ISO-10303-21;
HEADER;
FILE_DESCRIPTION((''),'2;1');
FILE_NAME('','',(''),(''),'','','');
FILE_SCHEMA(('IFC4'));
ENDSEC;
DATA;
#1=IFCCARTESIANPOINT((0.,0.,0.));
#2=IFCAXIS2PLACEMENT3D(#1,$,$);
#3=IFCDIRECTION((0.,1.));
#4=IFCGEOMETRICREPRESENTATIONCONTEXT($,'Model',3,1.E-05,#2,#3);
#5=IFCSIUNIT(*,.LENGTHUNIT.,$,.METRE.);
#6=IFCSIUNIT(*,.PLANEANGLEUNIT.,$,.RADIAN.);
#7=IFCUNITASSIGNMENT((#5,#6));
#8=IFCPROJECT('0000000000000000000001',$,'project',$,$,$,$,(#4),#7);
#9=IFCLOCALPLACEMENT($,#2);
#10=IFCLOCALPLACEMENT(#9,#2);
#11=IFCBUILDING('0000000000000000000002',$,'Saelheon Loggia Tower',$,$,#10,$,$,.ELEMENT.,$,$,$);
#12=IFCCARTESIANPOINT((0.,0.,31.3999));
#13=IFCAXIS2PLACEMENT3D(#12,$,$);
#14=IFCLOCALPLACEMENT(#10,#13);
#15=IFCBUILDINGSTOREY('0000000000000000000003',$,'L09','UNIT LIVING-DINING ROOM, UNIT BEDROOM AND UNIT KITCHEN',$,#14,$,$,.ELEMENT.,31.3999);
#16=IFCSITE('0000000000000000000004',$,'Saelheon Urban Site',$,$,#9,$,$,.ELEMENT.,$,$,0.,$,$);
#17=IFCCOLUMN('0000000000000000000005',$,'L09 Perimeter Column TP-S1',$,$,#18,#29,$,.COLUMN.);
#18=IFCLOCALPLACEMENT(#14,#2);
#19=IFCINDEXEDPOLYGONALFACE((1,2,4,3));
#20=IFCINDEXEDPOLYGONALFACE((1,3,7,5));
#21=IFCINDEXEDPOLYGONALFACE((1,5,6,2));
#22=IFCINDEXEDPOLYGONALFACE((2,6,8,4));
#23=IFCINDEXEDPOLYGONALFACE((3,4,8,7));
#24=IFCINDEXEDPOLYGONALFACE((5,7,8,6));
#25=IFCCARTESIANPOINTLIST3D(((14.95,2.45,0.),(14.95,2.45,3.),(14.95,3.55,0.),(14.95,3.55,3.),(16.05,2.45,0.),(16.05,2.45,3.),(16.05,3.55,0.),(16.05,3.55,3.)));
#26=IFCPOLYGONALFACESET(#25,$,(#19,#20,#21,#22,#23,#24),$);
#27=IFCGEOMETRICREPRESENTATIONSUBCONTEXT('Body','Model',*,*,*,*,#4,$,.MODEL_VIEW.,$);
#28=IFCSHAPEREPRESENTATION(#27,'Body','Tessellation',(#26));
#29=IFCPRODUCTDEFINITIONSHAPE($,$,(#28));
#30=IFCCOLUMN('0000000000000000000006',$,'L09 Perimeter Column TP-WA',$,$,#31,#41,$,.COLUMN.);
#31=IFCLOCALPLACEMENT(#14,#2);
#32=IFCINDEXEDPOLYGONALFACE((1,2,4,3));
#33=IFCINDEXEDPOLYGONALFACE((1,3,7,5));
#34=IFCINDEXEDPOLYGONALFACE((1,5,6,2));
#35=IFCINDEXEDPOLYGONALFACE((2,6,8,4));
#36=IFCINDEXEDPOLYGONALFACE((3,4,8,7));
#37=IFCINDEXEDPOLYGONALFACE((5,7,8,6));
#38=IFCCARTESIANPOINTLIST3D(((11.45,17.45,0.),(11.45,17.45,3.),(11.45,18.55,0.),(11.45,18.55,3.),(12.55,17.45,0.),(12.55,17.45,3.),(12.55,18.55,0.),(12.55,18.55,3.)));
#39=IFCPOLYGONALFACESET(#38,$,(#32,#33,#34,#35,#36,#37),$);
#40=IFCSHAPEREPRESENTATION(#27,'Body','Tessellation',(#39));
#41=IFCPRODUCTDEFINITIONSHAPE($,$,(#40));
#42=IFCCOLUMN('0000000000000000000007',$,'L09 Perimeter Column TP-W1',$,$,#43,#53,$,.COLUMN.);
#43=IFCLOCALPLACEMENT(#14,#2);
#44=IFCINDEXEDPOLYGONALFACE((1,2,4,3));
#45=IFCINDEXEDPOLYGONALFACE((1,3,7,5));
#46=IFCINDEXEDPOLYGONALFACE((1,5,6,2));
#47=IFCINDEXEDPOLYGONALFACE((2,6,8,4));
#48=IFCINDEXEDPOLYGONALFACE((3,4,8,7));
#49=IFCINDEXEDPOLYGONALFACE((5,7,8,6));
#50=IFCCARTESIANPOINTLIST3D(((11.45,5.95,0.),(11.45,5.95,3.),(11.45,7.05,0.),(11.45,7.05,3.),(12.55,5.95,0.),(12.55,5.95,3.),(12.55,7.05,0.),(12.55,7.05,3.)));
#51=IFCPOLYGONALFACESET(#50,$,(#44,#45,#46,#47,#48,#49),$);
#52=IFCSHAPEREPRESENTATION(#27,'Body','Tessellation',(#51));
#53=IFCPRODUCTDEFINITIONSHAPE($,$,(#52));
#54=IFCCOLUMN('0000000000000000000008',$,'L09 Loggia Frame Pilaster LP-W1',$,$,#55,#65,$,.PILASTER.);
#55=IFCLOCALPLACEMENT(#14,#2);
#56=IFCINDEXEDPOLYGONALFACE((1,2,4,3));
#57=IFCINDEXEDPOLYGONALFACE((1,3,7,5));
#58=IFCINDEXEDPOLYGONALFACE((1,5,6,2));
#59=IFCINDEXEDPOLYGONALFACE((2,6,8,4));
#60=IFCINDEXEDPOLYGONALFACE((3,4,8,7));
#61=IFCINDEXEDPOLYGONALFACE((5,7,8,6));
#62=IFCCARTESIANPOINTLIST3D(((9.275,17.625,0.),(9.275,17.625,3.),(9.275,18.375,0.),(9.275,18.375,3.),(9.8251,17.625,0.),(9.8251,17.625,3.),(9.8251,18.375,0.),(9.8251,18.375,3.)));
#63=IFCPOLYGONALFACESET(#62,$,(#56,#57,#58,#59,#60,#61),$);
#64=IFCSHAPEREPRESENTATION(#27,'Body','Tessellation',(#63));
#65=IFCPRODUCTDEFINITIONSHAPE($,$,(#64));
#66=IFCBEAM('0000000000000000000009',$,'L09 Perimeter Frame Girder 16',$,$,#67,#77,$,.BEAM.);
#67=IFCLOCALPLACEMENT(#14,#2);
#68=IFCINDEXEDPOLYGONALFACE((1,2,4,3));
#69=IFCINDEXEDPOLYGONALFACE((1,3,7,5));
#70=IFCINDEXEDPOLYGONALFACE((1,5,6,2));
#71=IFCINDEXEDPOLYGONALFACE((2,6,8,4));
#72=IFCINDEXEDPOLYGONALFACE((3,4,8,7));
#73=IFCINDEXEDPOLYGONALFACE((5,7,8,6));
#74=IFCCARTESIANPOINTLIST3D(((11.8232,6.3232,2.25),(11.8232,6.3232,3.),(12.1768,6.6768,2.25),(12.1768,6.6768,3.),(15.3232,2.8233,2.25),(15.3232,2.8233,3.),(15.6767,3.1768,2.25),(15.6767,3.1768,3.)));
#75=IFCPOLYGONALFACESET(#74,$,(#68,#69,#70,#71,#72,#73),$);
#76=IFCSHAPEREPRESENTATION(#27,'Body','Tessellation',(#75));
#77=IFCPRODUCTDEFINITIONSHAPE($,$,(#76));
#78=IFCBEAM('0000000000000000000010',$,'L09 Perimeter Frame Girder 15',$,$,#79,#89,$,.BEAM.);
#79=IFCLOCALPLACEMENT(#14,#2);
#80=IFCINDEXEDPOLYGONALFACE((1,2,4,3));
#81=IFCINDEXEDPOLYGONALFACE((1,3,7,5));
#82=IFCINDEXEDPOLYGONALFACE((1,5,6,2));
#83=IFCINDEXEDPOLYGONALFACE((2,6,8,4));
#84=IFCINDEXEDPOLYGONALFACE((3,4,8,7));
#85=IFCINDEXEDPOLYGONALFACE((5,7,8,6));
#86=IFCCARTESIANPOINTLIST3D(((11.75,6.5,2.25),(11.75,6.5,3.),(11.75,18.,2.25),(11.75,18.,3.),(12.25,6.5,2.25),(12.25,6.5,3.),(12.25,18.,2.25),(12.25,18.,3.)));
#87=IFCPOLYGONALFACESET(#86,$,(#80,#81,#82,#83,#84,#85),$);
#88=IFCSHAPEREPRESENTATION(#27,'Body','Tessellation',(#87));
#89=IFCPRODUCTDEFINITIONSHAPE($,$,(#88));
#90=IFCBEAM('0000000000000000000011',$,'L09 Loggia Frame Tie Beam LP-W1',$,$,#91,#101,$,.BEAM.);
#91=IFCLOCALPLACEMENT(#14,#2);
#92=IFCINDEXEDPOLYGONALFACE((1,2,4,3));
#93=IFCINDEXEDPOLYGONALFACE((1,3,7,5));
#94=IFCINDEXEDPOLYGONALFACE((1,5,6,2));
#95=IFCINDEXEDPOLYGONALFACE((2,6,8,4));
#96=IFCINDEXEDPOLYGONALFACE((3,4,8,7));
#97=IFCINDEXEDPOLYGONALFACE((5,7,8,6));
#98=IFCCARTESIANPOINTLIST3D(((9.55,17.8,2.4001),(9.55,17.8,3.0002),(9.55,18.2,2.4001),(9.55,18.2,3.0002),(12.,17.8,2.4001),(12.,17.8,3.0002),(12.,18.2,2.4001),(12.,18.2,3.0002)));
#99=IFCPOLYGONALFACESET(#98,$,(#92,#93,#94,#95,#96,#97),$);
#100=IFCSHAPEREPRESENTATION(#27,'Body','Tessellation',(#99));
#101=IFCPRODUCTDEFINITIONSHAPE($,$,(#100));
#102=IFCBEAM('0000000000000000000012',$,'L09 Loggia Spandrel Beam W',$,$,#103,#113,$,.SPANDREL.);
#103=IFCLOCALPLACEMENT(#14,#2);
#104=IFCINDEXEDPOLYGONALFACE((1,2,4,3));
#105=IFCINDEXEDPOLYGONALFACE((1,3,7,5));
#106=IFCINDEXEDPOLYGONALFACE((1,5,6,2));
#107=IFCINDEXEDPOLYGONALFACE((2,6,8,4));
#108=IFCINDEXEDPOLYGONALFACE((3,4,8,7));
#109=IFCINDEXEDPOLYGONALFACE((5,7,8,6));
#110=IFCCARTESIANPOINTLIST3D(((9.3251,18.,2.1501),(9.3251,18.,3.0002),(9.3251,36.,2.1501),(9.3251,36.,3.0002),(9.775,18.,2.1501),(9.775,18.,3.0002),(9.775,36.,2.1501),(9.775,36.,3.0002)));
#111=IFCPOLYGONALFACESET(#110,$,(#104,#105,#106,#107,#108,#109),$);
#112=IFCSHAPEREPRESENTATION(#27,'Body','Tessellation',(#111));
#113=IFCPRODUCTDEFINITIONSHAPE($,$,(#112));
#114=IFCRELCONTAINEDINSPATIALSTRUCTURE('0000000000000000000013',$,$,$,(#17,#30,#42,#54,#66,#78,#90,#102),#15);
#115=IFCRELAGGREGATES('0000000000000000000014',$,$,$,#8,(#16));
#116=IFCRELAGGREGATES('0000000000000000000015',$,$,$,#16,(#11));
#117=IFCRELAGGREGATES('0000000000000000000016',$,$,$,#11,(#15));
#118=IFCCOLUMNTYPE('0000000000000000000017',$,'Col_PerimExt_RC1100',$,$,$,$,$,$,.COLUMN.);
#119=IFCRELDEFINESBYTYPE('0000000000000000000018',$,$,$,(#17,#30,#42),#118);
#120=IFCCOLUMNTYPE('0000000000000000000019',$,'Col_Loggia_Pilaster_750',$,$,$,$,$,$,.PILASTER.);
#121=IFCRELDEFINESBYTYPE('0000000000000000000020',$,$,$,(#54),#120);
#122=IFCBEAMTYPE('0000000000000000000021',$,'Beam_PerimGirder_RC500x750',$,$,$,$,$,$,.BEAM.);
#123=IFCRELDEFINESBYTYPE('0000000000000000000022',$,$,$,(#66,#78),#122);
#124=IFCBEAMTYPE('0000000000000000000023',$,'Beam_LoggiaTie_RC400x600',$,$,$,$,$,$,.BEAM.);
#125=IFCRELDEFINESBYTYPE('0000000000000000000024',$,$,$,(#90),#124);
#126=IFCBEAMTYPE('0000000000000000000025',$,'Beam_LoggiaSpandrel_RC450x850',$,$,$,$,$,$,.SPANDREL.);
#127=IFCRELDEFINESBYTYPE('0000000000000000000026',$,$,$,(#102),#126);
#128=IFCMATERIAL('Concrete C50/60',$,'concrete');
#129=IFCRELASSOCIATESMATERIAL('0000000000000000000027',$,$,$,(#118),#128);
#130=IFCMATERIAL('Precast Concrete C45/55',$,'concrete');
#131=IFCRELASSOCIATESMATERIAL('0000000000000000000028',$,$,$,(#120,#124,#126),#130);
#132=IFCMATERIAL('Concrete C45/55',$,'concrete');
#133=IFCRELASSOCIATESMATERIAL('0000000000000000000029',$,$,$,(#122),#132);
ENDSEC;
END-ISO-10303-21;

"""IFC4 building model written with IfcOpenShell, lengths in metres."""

from ifc_helpers import new_model, si_unit, direction, frame, origin, origin_2d, place, context, subcontext, project, spatial, rectangle, extrude, source, transform, mapped, material, material_profile, profile_set, type_object, element, save


model = new_model("IFC4")

# Units and contexts
model_context = context("Model", 3, precision=1e-05, world=origin(), true_north=direction((0.0, 1.0)))
body_context = subcontext(model_context, "Body", "Model", "MODEL_VIEW")
ifc_project = project(units=[si_unit("LENGTHUNIT", "METRE"), si_unit("PLANEANGLEUNIT", "RADIAN")], contexts=[model_context])

# Site, building, storey
site_placement = place(None, origin())
site = spatial("IfcSite", under=ifc_project, at=site_placement, Name="Saelheon Urban Site", CompositionType="ELEMENT", RefElevation=0.0)
building_placement = place(site_placement, origin())
building = spatial("IfcBuilding", under=site, at=building_placement, Name="Saelheon Loggia Tower", CompositionType="ELEMENT")
storey_placement = place(building_placement, frame((0.0, 0.0, 31.3999)))
storey = spatial("IfcBuildingStorey", under=building, at=storey_placement, Name="L09", Description="UNIT LIVING-DINING ROOM, UNIT BEDROOM AND UNIT KITCHEN", CompositionType="ELEMENT", Elevation=31.3999)

# Columns
ifc_material_1 = material(Name="Concrete C50/60", Category="concrete")
ifc_material_profile_1 = material_profile(ifc_material_1, rectangle(XDim=1.1001, YDim=1.1001, at=origin_2d()), Name="RC-1100x1100")
ifc_profile_set_1 = profile_set([ifc_material_profile_1], Name="Concrete C50/60")
column_type_1 = type_object("IfcColumnType", Name="Col_PerimExt_RC1100", PredefinedType="COLUMN", material=ifc_profile_set_1)
shared_shape_1 = source(origin(), body_context, "Body", "SweptSolid", [
    extrude(rectangle(XDim=1.1001, YDim=1.1001, at=origin_2d()), origin(), (0.0, 0.0, 1.0), 3.0),
])
for number, where, z_axis, x_axis, name in (
    (1, (15.5, 3.0, 0.0), (0.0, 0.0, 1.0), (1.0, 0.0, 0.0), "L09 Perimeter Column TP-S1"),
    (2, (12.0, 18.0, 0.0), (0.0, 0.0, 1.0), (1.0, 0.0, 0.0), "L09 Perimeter Column TP-WA"),
    (3, (12.0, 6.5, 0.0), (0.0, 0.0, 1.0), (1.0, 0.0, 0.0), "L09 Perimeter Column TP-W1"),
):
    element("IfcColumn", number, at=place(storey_placement, frame(where, z_axis=z_axis, x_axis=x_axis)), inside=storey, type_object=column_type_1, Name=name, PredefinedType="COLUMN", context=body_context, shape_type="MappedRepresentation", body=[
        mapped(shared_shape_1, transform((0.0, 0.0, 0.0), scale=1.0)),
    ])
ifc_material_2 = material(Name="Precast Concrete C45/55", Category="concrete")
ifc_material_profile_2 = material_profile(ifc_material_2, rectangle(XDim=0.55, YDim=0.75, at=origin_2d()), Name="RC-550x750")
ifc_profile_set_2 = profile_set([ifc_material_profile_2], Name="Precast Concrete C45/55")
column_type_2 = type_object("IfcColumnType", Name="Col_Loggia_Pilaster_750", PredefinedType="PILASTER", material=ifc_profile_set_2)
shared_shape_2 = source(origin(), body_context, "Body", "SweptSolid", [
    extrude(rectangle(XDim=0.55, YDim=0.75, at=origin_2d()), origin(), (0.0, 0.0, 1.0), 3.0),
])
column_placement = place(storey_placement, frame((9.55, 18.0, 0.0), z_axis=(0.0, 0.0, 1.0), x_axis=(1.0, 0.0, 0.0)))
element("IfcColumn", 4, at=column_placement, inside=storey, type_object=column_type_2, Name="L09 Loggia Frame Pilaster LP-W1", PredefinedType="PILASTER", context=body_context, shape_type="MappedRepresentation", body=[
    mapped(shared_shape_2, transform((0.0, 0.0, 0.0), scale=1.0)),
])

# Beams
ifc_material_3 = material(Name="Concrete C45/55", Category="concrete")
ifc_material_profile_3 = material_profile(ifc_material_3, rectangle(XDim=0.5, YDim=0.75, at=origin_2d()), Name="RC-500x750")
ifc_profile_set_3 = profile_set([ifc_material_profile_3], Name="Concrete C45/55")
beam_type_1 = type_object("IfcBeamType", Name="Beam_PerimGirder_RC500x750", PredefinedType="BEAM", material=ifc_profile_set_3)
shared_shape_3 = source(origin(), body_context, "Body", "SweptSolid", [
    extrude(rectangle(XDim=0.5, YDim=0.75, at=origin_2d()), origin(), (0.0, 0.0, 1.0), 4.9497),
])
beam_1_placement = place(storey_placement, frame((12.0, 6.5, 2.625), z_axis=(0.707107, -0.707107, 0.0), x_axis=(0.707107, 0.707107, 0.0)))
element("IfcBeam", 5, at=beam_1_placement, inside=storey, type_object=beam_type_1, Name="L09 Perimeter Frame Girder 16", PredefinedType="BEAM", context=body_context, shape_type="MappedRepresentation", body=[
    mapped(shared_shape_3, transform((0.0, 0.0, 0.0), scale=1.0)),
])
shared_shape_4 = source(origin(), body_context, "Body", "SweptSolid", [
    extrude(rectangle(XDim=0.5, YDim=0.75, at=origin_2d()), origin(), (0.0, 0.0, 1.0), 11.5),
])
beam_2_placement = place(storey_placement, frame((12.0, 18.0, 2.625), z_axis=(0.0, -1.0, 0.0), x_axis=(1.0, 0.0, 0.0)))
element("IfcBeam", 6, at=beam_2_placement, inside=storey, type_object=beam_type_1, Name="L09 Perimeter Frame Girder 15", PredefinedType="BEAM", context=body_context, shape_type="MappedRepresentation", body=[
    mapped(shared_shape_4, transform((0.0, 0.0, 0.0), scale=1.0)),
])
ifc_material_profile_4 = material_profile(ifc_material_2, rectangle(XDim=0.3999, YDim=0.6001, at=origin_2d()), Name="RC-400x600")
ifc_profile_set_4 = profile_set([ifc_material_profile_4], Name="Precast Concrete C45/55")
beam_type_2 = type_object("IfcBeamType", Name="Beam_LoggiaTie_RC400x600", PredefinedType="BEAM", material=ifc_profile_set_4)
shared_shape_5 = source(origin(), body_context, "Body", "SweptSolid", [
    extrude(rectangle(XDim=0.3999, YDim=0.6001, at=origin_2d()), origin(), (0.0, 0.0, 1.0), 2.45),
])
beam_3_placement = place(storey_placement, frame((12.0, 18.0, 2.7002), z_axis=(-1.0, 0.0, 0.0), x_axis=(0.0, -1.0, 0.0)))
element("IfcBeam", 7, at=beam_3_placement, inside=storey, type_object=beam_type_2, Name="L09 Loggia Frame Tie Beam LP-W1", PredefinedType="BEAM", context=body_context, shape_type="MappedRepresentation", body=[
    mapped(shared_shape_5, transform((0.0, 0.0, 0.0), scale=1.0)),
])
ifc_material_profile_5 = material_profile(ifc_material_2, rectangle(XDim=0.45, YDim=0.8501, at=origin_2d()), Name="RC-450x850")
ifc_profile_set_5 = profile_set([ifc_material_profile_5], Name="Precast Concrete C45/55")
beam_type_3 = type_object("IfcBeamType", Name="Beam_LoggiaSpandrel_RC450x850", PredefinedType="SPANDREL", material=ifc_profile_set_5)
shared_shape_6 = source(origin(), body_context, "Body", "SweptSolid", [
    extrude(rectangle(XDim=0.45, YDim=0.8501, at=origin_2d()), origin(), (0.0, 0.0, 1.0), 18.0),
])
beam_4_placement = place(storey_placement, frame((9.55, 18.0, 2.5752), z_axis=(0.0, 1.0, 0.0), x_axis=(-1.0, 0.0, 0.0)))
element("IfcBeam", 8, at=beam_4_placement, inside=storey, type_object=beam_type_3, Name="L09 Loggia Spandrel Beam W", PredefinedType="SPANDREL", context=body_context, shape_type="MappedRepresentation", body=[
    mapped(shared_shape_6, transform((0.0, 0.0, 0.0), scale=1.0)),
])

save(model, "model.ifc")
